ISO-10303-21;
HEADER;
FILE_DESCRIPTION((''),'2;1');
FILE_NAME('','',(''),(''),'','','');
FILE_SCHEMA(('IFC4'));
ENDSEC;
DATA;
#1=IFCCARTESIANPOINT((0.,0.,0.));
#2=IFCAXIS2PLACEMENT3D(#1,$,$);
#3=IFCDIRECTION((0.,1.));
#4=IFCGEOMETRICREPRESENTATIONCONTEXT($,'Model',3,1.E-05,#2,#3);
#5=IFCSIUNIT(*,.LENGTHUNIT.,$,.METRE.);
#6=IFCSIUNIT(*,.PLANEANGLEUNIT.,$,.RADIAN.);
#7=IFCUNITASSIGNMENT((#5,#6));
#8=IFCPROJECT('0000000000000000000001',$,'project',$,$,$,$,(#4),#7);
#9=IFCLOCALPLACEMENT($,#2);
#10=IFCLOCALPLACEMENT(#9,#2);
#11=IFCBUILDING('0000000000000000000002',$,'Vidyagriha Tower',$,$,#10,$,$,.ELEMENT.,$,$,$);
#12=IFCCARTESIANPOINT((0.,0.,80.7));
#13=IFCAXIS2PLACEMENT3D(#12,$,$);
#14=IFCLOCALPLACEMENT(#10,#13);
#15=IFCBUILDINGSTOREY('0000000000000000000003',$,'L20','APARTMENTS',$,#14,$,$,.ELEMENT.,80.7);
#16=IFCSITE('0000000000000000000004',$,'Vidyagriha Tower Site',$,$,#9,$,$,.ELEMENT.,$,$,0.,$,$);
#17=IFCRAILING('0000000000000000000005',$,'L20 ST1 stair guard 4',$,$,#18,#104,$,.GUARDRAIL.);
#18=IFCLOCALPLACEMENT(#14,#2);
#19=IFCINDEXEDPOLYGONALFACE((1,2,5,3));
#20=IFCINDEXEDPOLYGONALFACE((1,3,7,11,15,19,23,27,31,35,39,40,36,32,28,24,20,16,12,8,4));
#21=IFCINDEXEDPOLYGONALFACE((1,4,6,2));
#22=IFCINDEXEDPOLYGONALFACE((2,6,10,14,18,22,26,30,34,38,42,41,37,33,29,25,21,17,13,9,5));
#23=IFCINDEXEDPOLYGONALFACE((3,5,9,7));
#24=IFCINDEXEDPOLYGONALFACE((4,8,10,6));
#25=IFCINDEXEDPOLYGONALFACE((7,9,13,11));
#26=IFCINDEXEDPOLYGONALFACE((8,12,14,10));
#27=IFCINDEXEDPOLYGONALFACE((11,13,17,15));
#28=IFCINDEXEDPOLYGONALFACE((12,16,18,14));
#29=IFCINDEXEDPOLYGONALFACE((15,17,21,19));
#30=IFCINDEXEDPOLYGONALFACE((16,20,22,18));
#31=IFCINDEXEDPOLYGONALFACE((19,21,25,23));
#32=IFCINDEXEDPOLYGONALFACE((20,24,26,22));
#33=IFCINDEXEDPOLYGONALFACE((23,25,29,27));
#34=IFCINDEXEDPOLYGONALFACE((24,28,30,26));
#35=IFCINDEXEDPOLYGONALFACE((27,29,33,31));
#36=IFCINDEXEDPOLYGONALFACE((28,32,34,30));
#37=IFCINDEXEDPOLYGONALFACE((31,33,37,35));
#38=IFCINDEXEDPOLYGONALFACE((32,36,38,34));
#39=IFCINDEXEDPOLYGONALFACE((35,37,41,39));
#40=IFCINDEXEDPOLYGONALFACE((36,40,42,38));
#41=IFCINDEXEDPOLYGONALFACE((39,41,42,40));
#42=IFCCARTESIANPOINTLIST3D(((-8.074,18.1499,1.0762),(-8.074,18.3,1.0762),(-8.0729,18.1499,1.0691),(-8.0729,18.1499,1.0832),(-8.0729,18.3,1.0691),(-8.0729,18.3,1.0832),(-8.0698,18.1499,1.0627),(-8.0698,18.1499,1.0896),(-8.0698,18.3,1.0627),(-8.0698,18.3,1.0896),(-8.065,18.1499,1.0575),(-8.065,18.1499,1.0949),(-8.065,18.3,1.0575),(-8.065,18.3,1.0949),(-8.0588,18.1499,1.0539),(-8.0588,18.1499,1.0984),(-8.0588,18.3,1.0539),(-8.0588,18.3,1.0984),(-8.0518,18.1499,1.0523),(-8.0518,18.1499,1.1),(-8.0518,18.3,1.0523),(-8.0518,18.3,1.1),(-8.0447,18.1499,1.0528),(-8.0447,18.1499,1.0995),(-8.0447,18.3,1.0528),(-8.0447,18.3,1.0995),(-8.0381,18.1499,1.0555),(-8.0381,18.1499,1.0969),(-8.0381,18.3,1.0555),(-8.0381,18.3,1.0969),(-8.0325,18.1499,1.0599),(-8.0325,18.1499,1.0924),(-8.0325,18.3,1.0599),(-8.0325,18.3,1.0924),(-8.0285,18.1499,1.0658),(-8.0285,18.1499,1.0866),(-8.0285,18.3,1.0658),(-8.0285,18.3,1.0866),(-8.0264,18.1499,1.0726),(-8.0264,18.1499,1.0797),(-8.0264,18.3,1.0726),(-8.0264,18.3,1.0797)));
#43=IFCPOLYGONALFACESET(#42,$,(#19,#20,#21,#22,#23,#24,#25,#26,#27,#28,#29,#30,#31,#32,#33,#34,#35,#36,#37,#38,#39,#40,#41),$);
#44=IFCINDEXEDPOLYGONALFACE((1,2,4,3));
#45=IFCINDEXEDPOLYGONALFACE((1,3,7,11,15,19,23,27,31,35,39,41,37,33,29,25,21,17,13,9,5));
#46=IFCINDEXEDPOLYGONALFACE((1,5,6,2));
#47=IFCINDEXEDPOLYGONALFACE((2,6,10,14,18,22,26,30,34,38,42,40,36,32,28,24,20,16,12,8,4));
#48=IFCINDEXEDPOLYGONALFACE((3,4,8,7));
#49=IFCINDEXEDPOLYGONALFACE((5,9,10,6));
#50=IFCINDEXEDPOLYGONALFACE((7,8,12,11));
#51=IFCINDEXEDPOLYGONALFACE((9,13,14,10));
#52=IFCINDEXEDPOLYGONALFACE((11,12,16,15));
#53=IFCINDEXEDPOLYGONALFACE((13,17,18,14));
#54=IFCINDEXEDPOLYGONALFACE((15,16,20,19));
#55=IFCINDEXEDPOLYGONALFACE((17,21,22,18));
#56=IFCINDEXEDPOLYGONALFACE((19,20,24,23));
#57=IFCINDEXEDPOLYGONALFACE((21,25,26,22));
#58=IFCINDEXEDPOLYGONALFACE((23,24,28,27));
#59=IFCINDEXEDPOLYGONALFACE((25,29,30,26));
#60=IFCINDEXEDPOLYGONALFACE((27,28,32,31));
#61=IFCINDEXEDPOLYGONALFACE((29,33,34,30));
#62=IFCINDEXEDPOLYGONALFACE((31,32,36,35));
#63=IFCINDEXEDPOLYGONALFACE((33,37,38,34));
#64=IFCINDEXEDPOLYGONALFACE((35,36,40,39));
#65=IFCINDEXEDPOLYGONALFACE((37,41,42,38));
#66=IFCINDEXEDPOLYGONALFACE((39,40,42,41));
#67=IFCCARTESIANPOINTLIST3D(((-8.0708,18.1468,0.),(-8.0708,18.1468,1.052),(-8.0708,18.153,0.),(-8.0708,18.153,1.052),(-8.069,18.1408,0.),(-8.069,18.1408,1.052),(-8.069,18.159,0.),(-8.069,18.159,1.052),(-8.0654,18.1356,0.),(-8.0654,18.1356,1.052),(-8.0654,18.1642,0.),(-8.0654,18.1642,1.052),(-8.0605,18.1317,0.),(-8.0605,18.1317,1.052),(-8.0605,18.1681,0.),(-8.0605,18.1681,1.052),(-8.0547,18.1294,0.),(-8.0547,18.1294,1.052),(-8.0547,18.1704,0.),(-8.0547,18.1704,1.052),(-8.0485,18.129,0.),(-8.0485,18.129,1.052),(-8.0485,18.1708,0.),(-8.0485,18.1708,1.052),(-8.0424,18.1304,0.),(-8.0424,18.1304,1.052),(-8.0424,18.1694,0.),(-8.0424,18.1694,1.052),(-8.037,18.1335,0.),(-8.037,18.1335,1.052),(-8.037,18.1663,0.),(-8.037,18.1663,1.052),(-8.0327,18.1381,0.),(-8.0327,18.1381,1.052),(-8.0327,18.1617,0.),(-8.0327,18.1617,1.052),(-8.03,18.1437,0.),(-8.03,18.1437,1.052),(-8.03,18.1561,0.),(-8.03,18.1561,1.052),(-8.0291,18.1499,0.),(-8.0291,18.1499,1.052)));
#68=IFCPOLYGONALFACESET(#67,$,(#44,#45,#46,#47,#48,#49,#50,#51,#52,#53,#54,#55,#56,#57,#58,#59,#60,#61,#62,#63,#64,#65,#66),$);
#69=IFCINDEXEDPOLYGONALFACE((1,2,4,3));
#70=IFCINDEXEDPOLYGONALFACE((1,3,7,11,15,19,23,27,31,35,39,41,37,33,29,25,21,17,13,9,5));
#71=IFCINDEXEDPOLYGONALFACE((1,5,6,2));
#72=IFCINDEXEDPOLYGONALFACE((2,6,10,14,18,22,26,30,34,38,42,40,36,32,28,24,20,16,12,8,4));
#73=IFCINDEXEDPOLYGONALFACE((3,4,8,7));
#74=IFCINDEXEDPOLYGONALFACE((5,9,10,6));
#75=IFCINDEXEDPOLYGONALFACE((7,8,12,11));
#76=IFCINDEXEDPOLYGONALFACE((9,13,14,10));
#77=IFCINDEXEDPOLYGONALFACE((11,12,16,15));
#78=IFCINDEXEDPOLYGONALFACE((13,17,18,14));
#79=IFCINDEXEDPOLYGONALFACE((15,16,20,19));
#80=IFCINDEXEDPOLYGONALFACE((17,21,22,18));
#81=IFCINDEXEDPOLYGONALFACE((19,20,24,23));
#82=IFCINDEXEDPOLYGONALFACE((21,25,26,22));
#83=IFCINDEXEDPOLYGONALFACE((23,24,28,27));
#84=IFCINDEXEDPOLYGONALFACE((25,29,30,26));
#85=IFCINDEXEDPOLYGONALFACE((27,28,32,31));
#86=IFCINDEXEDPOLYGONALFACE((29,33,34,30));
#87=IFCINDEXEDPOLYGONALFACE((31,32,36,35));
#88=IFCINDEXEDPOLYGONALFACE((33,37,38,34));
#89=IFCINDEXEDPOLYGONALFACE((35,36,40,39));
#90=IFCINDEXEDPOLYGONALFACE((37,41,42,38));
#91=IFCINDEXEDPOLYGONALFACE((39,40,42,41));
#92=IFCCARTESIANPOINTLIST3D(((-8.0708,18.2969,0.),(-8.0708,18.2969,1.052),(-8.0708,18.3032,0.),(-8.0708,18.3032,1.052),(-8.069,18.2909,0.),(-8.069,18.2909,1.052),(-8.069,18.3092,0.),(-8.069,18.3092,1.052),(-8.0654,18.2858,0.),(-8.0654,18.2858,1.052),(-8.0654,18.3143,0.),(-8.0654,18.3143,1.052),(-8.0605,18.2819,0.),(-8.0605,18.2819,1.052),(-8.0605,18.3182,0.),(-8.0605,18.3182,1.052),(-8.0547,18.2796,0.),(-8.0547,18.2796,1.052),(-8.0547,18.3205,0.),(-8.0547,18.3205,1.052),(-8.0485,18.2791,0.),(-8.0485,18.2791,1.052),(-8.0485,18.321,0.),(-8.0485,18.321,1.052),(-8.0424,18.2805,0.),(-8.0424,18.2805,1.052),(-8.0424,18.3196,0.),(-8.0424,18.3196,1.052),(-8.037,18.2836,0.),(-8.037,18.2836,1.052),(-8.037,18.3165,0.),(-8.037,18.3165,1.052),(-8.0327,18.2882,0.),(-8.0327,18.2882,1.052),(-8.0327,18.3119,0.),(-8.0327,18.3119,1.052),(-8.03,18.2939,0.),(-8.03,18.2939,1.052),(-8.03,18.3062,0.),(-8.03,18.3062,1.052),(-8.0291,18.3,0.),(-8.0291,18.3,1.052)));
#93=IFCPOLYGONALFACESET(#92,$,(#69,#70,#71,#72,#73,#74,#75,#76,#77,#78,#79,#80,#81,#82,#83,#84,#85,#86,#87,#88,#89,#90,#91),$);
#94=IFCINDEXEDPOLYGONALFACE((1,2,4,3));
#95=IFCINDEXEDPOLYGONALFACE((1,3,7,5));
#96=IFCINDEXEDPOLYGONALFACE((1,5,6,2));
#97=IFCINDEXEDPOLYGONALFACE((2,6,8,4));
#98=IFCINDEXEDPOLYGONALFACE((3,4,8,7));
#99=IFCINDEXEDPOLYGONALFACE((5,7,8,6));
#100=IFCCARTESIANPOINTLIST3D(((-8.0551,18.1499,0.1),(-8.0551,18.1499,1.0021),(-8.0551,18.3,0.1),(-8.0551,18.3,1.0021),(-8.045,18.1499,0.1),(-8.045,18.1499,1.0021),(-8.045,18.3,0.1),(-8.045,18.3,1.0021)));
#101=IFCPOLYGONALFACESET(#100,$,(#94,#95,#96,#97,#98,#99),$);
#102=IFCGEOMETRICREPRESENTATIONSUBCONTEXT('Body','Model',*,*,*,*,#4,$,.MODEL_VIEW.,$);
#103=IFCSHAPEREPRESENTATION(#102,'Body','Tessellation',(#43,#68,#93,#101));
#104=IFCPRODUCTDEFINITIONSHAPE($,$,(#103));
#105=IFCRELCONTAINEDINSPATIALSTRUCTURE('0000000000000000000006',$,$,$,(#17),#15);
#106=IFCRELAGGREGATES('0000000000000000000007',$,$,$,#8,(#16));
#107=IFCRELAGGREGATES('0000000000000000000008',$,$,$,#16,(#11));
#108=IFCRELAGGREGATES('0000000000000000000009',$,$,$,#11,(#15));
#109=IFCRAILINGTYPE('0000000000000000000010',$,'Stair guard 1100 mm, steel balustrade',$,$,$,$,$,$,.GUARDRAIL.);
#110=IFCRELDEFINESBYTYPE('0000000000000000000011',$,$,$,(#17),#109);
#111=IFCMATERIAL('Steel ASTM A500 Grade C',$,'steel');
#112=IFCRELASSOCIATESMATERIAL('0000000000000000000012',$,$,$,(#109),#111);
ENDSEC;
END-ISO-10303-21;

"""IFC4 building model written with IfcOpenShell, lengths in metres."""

from ifc_helpers import new_model, si_unit, direction, frame, origin, origin_2d, place, context, subcontext, project, spatial, rectangle, circle, extrude, material, type_object, element, save


model = new_model("IFC4")

# Units and contexts
model_context = context("Model", 3, precision=1e-05, world=origin(), true_north=direction((0.0, 1.0)))
body_context = subcontext(model_context, "Body", "Model", "MODEL_VIEW")
ifc_project = project(units=[si_unit("LENGTHUNIT", "METRE"), si_unit("PLANEANGLEUNIT", "RADIAN")], contexts=[model_context])

# Site, building, storey
site_placement = place(None, origin())
site = spatial("IfcSite", under=ifc_project, at=site_placement, Name="Vidyagriha Tower Site", CompositionType="ELEMENT", RefElevation=0.0)
building_placement = place(site_placement, origin())
building = spatial("IfcBuilding", under=site, at=building_placement, Name="Vidyagriha Tower", CompositionType="ELEMENT")
storey_placement = place(building_placement, frame((0.0, 0.0, 80.7)))
storey = spatial("IfcBuildingStorey", under=building, at=storey_placement, Name="L20", Description="APARTMENTS", CompositionType="ELEMENT", Elevation=80.7)

# Railing
ifc_material_1 = material(Name="Steel ASTM A500 Grade C", Category="steel")
railing_type_1 = type_object("IfcRailingType", Name="Stair guard 1100 mm, steel balustrade", PredefinedType="GUARDRAIL", material=ifc_material_1)
railing_1_placement = place(storey_placement, frame((-8.05, 18.1499, 0.0)))
element("IfcRailing", 1, at=railing_1_placement, inside=storey, type_object=railing_type_1, Name="L20 ST1 stair guard 4", PredefinedType="GUARDRAIL", context=body_context, shape_type="SweptSolid", body=[
    extrude(circle(Radius=0.0239, at=origin_2d()), frame((0.0, 0.0, 1.0762), z_axis=(0.0, 1.0, 0.0), x_axis=(-1.0, 0.0, 0.0)), (0.0, 0.0, 1.0), 0.1501),
    extrude(circle(Radius=0.021, at=origin_2d()), origin(), (0.0, 0.0, 1.0), 1.052),
    extrude(circle(Radius=0.021, at=origin_2d()), frame((0.0, 0.1501, 0.0)), (0.0, 0.0, 1.0), 1.052),
    extrude(rectangle(XDim=0.01, YDim=0.9021, at=origin_2d()), frame((0.0, 0.0, 0.551), z_axis=(0.0, 1.0, 0.0), x_axis=(-1.0, 0.0, 0.0)), (0.0, 0.0, 1.0), 0.1501),
])

save(model, "model.ifc")
